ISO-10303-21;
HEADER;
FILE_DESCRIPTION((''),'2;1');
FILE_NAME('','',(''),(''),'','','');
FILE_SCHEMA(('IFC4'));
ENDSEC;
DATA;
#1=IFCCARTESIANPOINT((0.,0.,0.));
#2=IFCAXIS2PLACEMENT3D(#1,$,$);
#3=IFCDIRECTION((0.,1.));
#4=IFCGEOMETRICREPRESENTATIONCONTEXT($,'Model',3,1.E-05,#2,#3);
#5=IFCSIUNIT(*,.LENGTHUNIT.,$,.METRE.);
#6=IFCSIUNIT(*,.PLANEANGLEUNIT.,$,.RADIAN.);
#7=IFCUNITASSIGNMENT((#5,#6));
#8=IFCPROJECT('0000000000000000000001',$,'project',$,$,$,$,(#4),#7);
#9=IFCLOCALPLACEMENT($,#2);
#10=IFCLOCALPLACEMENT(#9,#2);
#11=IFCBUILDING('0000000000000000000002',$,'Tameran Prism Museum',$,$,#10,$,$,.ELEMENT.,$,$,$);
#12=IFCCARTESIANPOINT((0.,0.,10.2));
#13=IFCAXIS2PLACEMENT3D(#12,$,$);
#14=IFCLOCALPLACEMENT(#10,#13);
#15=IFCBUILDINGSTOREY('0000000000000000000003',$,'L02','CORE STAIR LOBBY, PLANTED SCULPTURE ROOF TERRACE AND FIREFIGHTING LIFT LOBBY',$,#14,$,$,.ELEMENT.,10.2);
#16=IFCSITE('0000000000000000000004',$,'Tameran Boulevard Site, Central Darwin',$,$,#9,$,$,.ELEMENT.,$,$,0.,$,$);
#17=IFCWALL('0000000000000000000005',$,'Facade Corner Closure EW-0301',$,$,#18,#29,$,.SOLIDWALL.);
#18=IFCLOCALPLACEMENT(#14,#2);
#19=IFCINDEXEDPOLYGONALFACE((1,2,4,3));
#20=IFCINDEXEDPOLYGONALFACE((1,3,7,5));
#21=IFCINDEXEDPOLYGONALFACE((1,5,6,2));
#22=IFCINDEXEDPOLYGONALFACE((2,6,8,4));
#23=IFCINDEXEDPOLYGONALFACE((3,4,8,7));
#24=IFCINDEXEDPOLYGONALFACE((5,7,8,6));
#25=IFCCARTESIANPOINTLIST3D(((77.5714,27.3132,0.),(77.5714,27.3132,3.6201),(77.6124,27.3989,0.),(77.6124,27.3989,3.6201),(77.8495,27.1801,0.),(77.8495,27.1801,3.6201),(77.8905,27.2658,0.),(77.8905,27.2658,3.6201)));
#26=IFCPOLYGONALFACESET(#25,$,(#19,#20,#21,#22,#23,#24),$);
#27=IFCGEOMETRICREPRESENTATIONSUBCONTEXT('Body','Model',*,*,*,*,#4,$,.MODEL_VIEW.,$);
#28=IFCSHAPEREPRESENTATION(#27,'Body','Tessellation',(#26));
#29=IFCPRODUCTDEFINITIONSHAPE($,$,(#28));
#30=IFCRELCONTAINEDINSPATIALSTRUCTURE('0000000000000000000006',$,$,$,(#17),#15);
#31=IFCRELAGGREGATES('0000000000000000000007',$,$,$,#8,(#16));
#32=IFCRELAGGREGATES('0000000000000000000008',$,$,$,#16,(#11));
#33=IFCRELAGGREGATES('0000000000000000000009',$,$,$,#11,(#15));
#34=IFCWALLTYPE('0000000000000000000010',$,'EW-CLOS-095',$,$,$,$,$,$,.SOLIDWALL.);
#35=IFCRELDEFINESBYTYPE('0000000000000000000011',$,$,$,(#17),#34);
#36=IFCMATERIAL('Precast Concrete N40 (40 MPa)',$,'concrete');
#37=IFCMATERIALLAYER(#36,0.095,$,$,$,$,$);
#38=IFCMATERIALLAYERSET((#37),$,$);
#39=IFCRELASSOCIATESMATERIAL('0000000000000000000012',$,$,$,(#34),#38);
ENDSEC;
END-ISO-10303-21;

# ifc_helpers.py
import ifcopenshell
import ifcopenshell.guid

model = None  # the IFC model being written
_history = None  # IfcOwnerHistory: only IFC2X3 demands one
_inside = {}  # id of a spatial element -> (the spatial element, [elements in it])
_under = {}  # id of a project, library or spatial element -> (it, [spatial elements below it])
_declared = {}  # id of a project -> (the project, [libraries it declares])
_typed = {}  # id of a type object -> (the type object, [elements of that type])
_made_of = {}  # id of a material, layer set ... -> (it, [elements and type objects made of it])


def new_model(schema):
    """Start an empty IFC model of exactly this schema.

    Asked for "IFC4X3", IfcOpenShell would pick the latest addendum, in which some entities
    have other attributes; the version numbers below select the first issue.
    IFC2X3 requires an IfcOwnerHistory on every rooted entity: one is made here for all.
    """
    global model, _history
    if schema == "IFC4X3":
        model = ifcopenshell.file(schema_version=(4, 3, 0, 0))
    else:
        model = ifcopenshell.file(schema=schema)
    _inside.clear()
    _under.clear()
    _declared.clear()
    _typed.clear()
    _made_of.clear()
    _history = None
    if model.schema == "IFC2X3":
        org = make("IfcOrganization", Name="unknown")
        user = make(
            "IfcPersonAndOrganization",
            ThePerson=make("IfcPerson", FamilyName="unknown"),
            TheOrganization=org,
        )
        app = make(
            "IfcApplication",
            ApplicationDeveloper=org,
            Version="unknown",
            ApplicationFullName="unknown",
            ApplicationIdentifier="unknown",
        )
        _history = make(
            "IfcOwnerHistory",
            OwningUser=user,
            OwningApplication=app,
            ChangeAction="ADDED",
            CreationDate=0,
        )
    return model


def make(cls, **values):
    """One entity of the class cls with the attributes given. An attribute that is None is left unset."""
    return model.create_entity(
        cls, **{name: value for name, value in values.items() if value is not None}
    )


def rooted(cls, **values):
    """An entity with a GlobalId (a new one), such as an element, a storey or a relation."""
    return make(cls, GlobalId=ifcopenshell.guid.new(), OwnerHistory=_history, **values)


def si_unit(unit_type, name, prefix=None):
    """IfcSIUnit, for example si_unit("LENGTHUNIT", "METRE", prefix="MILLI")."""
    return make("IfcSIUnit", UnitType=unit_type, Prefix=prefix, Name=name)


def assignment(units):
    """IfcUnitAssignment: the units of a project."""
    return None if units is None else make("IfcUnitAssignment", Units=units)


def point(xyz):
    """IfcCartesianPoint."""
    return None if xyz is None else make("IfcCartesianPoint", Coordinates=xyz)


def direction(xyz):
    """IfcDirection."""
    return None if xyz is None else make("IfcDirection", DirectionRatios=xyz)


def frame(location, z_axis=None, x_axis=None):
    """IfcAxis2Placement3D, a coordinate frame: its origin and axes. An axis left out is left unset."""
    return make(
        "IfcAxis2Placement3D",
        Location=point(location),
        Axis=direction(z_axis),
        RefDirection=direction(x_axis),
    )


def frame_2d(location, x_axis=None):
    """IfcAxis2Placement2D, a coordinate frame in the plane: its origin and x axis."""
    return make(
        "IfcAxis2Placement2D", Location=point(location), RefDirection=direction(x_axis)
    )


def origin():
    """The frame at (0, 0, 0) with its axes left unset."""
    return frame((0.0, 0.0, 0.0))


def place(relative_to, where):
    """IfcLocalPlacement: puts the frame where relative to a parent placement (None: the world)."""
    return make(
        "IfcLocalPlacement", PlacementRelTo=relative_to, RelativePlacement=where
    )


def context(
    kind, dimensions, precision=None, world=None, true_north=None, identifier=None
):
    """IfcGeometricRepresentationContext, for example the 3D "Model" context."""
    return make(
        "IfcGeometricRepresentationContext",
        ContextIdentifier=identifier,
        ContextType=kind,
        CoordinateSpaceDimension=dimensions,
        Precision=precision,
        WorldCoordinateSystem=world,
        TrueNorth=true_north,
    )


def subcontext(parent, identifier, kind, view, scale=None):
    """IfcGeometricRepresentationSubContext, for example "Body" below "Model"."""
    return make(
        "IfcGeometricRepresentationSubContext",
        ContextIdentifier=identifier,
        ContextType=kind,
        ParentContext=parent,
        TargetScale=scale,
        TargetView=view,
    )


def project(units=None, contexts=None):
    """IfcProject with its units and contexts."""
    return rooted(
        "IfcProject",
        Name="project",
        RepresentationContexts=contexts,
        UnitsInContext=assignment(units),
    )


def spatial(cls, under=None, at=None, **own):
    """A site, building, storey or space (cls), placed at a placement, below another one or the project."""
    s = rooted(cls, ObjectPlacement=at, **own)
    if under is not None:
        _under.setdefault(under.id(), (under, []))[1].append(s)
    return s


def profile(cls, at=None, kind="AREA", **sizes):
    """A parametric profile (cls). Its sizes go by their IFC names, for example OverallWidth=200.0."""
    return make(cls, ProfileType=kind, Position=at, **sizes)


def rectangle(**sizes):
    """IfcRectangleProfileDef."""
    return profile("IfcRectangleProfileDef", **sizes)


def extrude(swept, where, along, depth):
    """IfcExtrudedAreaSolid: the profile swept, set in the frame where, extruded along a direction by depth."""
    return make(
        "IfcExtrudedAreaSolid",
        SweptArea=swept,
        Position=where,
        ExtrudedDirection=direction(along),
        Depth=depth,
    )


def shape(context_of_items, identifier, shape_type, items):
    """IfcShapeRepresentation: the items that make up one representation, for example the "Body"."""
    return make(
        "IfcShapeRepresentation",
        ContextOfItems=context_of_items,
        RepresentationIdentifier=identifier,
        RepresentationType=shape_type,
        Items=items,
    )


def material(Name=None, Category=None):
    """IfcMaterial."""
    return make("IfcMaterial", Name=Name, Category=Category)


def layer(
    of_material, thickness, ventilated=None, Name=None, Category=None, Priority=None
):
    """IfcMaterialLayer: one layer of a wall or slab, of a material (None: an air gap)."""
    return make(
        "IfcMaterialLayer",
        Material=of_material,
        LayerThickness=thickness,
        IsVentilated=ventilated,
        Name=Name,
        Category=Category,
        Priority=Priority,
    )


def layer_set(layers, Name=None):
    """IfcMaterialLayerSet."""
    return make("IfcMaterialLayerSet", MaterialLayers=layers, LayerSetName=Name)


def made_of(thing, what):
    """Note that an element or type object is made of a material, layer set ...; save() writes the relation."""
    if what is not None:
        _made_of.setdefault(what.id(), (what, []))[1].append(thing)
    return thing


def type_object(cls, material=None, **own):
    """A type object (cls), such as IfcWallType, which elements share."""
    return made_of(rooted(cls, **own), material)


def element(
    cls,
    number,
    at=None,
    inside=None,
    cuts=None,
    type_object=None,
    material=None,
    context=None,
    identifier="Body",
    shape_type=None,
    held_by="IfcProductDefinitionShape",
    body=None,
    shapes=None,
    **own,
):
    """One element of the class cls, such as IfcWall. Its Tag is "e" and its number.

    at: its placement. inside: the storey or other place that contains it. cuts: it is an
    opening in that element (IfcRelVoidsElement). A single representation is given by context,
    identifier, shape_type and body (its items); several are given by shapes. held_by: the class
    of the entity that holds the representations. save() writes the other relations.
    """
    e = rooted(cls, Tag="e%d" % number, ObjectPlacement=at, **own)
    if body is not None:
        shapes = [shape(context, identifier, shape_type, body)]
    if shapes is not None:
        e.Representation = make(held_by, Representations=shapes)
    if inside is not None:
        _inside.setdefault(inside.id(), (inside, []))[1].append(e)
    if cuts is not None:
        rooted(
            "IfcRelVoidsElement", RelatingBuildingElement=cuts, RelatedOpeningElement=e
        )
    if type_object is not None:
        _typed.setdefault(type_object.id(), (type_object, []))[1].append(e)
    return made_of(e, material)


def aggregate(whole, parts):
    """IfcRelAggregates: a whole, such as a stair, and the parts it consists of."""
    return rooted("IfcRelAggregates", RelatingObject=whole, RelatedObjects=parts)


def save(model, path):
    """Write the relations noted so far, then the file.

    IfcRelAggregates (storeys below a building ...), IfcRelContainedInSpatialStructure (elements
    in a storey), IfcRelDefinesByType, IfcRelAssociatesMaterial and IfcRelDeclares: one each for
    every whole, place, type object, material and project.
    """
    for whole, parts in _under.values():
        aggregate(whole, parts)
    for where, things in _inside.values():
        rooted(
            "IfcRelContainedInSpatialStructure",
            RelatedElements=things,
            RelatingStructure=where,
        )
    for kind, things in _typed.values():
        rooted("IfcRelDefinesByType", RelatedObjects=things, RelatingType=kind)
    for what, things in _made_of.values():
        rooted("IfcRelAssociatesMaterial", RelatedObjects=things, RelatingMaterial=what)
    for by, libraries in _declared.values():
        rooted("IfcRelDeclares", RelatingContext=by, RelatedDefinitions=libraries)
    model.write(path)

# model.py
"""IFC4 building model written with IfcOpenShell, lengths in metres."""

from ifc_helpers import new_model, si_unit, direction, frame, frame_2d, origin, place, context, subcontext, project, spatial, rectangle, extrude, material, layer, layer_set, type_object, element, save


model = new_model("IFC4")

# Units and contexts
model_context = context("Model", 3, precision=1e-05, world=origin(), true_north=direction((0.0, 1.0)))
body_context = subcontext(model_context, "Body", "Model", "MODEL_VIEW")
ifc_project = project(units=[si_unit("LENGTHUNIT", "METRE"), si_unit("PLANEANGLEUNIT", "RADIAN")], contexts=[model_context])

# Site, building, storey
site_placement = place(None, origin())
site = spatial("IfcSite", under=ifc_project, at=site_placement, Name="Tameran Boulevard Site, Central Darwin", CompositionType="ELEMENT", RefElevation=0.0)
building_placement = place(site_placement, origin())
building = spatial("IfcBuilding", under=site, at=building_placement, Name="Tameran Prism Museum", CompositionType="ELEMENT")
storey_placement = place(building_placement, frame((0.0, 0.0, 10.2)))
storey = spatial("IfcBuildingStorey", under=building, at=storey_placement, Name="L02", Description="CORE STAIR LOBBY, PLANTED SCULPTURE ROOF TERRACE AND FIREFIGHTING LIFT LOBBY", CompositionType="ELEMENT", Elevation=10.2)

# Wall
ifc_material_1 = material(Name="Precast Concrete N40 (40 MPa)", Category="concrete")
ifc_layer_1 = layer(ifc_material_1, 0.095)
ifc_layer_set_1 = layer_set([ifc_layer_1])
wall_type = type_object("IfcWallType", Name="EW-CLOS-095", PredefinedType="SOLIDWALL", material=ifc_layer_set_1)
wall_1_placement = place(storey_placement, frame((77.8701, 27.2229, 0.0), z_axis=(0.0, 0.0, 1.0), x_axis=(-0.902054, 0.431624, 0.0)))
element("IfcWall", 1, at=wall_1_placement, inside=storey, type_object=wall_type, Name="Facade Corner Closure EW-0301", PredefinedType="SOLIDWALL", context=body_context, shape_type="SweptSolid", body=[
    extrude(rectangle(XDim=0.3083, YDim=0.095, at=frame_2d((0.1543, 0.0))), origin(), (0.0, 0.0, 1.0), 3.6201),
])

save(model, "model.ifc")
